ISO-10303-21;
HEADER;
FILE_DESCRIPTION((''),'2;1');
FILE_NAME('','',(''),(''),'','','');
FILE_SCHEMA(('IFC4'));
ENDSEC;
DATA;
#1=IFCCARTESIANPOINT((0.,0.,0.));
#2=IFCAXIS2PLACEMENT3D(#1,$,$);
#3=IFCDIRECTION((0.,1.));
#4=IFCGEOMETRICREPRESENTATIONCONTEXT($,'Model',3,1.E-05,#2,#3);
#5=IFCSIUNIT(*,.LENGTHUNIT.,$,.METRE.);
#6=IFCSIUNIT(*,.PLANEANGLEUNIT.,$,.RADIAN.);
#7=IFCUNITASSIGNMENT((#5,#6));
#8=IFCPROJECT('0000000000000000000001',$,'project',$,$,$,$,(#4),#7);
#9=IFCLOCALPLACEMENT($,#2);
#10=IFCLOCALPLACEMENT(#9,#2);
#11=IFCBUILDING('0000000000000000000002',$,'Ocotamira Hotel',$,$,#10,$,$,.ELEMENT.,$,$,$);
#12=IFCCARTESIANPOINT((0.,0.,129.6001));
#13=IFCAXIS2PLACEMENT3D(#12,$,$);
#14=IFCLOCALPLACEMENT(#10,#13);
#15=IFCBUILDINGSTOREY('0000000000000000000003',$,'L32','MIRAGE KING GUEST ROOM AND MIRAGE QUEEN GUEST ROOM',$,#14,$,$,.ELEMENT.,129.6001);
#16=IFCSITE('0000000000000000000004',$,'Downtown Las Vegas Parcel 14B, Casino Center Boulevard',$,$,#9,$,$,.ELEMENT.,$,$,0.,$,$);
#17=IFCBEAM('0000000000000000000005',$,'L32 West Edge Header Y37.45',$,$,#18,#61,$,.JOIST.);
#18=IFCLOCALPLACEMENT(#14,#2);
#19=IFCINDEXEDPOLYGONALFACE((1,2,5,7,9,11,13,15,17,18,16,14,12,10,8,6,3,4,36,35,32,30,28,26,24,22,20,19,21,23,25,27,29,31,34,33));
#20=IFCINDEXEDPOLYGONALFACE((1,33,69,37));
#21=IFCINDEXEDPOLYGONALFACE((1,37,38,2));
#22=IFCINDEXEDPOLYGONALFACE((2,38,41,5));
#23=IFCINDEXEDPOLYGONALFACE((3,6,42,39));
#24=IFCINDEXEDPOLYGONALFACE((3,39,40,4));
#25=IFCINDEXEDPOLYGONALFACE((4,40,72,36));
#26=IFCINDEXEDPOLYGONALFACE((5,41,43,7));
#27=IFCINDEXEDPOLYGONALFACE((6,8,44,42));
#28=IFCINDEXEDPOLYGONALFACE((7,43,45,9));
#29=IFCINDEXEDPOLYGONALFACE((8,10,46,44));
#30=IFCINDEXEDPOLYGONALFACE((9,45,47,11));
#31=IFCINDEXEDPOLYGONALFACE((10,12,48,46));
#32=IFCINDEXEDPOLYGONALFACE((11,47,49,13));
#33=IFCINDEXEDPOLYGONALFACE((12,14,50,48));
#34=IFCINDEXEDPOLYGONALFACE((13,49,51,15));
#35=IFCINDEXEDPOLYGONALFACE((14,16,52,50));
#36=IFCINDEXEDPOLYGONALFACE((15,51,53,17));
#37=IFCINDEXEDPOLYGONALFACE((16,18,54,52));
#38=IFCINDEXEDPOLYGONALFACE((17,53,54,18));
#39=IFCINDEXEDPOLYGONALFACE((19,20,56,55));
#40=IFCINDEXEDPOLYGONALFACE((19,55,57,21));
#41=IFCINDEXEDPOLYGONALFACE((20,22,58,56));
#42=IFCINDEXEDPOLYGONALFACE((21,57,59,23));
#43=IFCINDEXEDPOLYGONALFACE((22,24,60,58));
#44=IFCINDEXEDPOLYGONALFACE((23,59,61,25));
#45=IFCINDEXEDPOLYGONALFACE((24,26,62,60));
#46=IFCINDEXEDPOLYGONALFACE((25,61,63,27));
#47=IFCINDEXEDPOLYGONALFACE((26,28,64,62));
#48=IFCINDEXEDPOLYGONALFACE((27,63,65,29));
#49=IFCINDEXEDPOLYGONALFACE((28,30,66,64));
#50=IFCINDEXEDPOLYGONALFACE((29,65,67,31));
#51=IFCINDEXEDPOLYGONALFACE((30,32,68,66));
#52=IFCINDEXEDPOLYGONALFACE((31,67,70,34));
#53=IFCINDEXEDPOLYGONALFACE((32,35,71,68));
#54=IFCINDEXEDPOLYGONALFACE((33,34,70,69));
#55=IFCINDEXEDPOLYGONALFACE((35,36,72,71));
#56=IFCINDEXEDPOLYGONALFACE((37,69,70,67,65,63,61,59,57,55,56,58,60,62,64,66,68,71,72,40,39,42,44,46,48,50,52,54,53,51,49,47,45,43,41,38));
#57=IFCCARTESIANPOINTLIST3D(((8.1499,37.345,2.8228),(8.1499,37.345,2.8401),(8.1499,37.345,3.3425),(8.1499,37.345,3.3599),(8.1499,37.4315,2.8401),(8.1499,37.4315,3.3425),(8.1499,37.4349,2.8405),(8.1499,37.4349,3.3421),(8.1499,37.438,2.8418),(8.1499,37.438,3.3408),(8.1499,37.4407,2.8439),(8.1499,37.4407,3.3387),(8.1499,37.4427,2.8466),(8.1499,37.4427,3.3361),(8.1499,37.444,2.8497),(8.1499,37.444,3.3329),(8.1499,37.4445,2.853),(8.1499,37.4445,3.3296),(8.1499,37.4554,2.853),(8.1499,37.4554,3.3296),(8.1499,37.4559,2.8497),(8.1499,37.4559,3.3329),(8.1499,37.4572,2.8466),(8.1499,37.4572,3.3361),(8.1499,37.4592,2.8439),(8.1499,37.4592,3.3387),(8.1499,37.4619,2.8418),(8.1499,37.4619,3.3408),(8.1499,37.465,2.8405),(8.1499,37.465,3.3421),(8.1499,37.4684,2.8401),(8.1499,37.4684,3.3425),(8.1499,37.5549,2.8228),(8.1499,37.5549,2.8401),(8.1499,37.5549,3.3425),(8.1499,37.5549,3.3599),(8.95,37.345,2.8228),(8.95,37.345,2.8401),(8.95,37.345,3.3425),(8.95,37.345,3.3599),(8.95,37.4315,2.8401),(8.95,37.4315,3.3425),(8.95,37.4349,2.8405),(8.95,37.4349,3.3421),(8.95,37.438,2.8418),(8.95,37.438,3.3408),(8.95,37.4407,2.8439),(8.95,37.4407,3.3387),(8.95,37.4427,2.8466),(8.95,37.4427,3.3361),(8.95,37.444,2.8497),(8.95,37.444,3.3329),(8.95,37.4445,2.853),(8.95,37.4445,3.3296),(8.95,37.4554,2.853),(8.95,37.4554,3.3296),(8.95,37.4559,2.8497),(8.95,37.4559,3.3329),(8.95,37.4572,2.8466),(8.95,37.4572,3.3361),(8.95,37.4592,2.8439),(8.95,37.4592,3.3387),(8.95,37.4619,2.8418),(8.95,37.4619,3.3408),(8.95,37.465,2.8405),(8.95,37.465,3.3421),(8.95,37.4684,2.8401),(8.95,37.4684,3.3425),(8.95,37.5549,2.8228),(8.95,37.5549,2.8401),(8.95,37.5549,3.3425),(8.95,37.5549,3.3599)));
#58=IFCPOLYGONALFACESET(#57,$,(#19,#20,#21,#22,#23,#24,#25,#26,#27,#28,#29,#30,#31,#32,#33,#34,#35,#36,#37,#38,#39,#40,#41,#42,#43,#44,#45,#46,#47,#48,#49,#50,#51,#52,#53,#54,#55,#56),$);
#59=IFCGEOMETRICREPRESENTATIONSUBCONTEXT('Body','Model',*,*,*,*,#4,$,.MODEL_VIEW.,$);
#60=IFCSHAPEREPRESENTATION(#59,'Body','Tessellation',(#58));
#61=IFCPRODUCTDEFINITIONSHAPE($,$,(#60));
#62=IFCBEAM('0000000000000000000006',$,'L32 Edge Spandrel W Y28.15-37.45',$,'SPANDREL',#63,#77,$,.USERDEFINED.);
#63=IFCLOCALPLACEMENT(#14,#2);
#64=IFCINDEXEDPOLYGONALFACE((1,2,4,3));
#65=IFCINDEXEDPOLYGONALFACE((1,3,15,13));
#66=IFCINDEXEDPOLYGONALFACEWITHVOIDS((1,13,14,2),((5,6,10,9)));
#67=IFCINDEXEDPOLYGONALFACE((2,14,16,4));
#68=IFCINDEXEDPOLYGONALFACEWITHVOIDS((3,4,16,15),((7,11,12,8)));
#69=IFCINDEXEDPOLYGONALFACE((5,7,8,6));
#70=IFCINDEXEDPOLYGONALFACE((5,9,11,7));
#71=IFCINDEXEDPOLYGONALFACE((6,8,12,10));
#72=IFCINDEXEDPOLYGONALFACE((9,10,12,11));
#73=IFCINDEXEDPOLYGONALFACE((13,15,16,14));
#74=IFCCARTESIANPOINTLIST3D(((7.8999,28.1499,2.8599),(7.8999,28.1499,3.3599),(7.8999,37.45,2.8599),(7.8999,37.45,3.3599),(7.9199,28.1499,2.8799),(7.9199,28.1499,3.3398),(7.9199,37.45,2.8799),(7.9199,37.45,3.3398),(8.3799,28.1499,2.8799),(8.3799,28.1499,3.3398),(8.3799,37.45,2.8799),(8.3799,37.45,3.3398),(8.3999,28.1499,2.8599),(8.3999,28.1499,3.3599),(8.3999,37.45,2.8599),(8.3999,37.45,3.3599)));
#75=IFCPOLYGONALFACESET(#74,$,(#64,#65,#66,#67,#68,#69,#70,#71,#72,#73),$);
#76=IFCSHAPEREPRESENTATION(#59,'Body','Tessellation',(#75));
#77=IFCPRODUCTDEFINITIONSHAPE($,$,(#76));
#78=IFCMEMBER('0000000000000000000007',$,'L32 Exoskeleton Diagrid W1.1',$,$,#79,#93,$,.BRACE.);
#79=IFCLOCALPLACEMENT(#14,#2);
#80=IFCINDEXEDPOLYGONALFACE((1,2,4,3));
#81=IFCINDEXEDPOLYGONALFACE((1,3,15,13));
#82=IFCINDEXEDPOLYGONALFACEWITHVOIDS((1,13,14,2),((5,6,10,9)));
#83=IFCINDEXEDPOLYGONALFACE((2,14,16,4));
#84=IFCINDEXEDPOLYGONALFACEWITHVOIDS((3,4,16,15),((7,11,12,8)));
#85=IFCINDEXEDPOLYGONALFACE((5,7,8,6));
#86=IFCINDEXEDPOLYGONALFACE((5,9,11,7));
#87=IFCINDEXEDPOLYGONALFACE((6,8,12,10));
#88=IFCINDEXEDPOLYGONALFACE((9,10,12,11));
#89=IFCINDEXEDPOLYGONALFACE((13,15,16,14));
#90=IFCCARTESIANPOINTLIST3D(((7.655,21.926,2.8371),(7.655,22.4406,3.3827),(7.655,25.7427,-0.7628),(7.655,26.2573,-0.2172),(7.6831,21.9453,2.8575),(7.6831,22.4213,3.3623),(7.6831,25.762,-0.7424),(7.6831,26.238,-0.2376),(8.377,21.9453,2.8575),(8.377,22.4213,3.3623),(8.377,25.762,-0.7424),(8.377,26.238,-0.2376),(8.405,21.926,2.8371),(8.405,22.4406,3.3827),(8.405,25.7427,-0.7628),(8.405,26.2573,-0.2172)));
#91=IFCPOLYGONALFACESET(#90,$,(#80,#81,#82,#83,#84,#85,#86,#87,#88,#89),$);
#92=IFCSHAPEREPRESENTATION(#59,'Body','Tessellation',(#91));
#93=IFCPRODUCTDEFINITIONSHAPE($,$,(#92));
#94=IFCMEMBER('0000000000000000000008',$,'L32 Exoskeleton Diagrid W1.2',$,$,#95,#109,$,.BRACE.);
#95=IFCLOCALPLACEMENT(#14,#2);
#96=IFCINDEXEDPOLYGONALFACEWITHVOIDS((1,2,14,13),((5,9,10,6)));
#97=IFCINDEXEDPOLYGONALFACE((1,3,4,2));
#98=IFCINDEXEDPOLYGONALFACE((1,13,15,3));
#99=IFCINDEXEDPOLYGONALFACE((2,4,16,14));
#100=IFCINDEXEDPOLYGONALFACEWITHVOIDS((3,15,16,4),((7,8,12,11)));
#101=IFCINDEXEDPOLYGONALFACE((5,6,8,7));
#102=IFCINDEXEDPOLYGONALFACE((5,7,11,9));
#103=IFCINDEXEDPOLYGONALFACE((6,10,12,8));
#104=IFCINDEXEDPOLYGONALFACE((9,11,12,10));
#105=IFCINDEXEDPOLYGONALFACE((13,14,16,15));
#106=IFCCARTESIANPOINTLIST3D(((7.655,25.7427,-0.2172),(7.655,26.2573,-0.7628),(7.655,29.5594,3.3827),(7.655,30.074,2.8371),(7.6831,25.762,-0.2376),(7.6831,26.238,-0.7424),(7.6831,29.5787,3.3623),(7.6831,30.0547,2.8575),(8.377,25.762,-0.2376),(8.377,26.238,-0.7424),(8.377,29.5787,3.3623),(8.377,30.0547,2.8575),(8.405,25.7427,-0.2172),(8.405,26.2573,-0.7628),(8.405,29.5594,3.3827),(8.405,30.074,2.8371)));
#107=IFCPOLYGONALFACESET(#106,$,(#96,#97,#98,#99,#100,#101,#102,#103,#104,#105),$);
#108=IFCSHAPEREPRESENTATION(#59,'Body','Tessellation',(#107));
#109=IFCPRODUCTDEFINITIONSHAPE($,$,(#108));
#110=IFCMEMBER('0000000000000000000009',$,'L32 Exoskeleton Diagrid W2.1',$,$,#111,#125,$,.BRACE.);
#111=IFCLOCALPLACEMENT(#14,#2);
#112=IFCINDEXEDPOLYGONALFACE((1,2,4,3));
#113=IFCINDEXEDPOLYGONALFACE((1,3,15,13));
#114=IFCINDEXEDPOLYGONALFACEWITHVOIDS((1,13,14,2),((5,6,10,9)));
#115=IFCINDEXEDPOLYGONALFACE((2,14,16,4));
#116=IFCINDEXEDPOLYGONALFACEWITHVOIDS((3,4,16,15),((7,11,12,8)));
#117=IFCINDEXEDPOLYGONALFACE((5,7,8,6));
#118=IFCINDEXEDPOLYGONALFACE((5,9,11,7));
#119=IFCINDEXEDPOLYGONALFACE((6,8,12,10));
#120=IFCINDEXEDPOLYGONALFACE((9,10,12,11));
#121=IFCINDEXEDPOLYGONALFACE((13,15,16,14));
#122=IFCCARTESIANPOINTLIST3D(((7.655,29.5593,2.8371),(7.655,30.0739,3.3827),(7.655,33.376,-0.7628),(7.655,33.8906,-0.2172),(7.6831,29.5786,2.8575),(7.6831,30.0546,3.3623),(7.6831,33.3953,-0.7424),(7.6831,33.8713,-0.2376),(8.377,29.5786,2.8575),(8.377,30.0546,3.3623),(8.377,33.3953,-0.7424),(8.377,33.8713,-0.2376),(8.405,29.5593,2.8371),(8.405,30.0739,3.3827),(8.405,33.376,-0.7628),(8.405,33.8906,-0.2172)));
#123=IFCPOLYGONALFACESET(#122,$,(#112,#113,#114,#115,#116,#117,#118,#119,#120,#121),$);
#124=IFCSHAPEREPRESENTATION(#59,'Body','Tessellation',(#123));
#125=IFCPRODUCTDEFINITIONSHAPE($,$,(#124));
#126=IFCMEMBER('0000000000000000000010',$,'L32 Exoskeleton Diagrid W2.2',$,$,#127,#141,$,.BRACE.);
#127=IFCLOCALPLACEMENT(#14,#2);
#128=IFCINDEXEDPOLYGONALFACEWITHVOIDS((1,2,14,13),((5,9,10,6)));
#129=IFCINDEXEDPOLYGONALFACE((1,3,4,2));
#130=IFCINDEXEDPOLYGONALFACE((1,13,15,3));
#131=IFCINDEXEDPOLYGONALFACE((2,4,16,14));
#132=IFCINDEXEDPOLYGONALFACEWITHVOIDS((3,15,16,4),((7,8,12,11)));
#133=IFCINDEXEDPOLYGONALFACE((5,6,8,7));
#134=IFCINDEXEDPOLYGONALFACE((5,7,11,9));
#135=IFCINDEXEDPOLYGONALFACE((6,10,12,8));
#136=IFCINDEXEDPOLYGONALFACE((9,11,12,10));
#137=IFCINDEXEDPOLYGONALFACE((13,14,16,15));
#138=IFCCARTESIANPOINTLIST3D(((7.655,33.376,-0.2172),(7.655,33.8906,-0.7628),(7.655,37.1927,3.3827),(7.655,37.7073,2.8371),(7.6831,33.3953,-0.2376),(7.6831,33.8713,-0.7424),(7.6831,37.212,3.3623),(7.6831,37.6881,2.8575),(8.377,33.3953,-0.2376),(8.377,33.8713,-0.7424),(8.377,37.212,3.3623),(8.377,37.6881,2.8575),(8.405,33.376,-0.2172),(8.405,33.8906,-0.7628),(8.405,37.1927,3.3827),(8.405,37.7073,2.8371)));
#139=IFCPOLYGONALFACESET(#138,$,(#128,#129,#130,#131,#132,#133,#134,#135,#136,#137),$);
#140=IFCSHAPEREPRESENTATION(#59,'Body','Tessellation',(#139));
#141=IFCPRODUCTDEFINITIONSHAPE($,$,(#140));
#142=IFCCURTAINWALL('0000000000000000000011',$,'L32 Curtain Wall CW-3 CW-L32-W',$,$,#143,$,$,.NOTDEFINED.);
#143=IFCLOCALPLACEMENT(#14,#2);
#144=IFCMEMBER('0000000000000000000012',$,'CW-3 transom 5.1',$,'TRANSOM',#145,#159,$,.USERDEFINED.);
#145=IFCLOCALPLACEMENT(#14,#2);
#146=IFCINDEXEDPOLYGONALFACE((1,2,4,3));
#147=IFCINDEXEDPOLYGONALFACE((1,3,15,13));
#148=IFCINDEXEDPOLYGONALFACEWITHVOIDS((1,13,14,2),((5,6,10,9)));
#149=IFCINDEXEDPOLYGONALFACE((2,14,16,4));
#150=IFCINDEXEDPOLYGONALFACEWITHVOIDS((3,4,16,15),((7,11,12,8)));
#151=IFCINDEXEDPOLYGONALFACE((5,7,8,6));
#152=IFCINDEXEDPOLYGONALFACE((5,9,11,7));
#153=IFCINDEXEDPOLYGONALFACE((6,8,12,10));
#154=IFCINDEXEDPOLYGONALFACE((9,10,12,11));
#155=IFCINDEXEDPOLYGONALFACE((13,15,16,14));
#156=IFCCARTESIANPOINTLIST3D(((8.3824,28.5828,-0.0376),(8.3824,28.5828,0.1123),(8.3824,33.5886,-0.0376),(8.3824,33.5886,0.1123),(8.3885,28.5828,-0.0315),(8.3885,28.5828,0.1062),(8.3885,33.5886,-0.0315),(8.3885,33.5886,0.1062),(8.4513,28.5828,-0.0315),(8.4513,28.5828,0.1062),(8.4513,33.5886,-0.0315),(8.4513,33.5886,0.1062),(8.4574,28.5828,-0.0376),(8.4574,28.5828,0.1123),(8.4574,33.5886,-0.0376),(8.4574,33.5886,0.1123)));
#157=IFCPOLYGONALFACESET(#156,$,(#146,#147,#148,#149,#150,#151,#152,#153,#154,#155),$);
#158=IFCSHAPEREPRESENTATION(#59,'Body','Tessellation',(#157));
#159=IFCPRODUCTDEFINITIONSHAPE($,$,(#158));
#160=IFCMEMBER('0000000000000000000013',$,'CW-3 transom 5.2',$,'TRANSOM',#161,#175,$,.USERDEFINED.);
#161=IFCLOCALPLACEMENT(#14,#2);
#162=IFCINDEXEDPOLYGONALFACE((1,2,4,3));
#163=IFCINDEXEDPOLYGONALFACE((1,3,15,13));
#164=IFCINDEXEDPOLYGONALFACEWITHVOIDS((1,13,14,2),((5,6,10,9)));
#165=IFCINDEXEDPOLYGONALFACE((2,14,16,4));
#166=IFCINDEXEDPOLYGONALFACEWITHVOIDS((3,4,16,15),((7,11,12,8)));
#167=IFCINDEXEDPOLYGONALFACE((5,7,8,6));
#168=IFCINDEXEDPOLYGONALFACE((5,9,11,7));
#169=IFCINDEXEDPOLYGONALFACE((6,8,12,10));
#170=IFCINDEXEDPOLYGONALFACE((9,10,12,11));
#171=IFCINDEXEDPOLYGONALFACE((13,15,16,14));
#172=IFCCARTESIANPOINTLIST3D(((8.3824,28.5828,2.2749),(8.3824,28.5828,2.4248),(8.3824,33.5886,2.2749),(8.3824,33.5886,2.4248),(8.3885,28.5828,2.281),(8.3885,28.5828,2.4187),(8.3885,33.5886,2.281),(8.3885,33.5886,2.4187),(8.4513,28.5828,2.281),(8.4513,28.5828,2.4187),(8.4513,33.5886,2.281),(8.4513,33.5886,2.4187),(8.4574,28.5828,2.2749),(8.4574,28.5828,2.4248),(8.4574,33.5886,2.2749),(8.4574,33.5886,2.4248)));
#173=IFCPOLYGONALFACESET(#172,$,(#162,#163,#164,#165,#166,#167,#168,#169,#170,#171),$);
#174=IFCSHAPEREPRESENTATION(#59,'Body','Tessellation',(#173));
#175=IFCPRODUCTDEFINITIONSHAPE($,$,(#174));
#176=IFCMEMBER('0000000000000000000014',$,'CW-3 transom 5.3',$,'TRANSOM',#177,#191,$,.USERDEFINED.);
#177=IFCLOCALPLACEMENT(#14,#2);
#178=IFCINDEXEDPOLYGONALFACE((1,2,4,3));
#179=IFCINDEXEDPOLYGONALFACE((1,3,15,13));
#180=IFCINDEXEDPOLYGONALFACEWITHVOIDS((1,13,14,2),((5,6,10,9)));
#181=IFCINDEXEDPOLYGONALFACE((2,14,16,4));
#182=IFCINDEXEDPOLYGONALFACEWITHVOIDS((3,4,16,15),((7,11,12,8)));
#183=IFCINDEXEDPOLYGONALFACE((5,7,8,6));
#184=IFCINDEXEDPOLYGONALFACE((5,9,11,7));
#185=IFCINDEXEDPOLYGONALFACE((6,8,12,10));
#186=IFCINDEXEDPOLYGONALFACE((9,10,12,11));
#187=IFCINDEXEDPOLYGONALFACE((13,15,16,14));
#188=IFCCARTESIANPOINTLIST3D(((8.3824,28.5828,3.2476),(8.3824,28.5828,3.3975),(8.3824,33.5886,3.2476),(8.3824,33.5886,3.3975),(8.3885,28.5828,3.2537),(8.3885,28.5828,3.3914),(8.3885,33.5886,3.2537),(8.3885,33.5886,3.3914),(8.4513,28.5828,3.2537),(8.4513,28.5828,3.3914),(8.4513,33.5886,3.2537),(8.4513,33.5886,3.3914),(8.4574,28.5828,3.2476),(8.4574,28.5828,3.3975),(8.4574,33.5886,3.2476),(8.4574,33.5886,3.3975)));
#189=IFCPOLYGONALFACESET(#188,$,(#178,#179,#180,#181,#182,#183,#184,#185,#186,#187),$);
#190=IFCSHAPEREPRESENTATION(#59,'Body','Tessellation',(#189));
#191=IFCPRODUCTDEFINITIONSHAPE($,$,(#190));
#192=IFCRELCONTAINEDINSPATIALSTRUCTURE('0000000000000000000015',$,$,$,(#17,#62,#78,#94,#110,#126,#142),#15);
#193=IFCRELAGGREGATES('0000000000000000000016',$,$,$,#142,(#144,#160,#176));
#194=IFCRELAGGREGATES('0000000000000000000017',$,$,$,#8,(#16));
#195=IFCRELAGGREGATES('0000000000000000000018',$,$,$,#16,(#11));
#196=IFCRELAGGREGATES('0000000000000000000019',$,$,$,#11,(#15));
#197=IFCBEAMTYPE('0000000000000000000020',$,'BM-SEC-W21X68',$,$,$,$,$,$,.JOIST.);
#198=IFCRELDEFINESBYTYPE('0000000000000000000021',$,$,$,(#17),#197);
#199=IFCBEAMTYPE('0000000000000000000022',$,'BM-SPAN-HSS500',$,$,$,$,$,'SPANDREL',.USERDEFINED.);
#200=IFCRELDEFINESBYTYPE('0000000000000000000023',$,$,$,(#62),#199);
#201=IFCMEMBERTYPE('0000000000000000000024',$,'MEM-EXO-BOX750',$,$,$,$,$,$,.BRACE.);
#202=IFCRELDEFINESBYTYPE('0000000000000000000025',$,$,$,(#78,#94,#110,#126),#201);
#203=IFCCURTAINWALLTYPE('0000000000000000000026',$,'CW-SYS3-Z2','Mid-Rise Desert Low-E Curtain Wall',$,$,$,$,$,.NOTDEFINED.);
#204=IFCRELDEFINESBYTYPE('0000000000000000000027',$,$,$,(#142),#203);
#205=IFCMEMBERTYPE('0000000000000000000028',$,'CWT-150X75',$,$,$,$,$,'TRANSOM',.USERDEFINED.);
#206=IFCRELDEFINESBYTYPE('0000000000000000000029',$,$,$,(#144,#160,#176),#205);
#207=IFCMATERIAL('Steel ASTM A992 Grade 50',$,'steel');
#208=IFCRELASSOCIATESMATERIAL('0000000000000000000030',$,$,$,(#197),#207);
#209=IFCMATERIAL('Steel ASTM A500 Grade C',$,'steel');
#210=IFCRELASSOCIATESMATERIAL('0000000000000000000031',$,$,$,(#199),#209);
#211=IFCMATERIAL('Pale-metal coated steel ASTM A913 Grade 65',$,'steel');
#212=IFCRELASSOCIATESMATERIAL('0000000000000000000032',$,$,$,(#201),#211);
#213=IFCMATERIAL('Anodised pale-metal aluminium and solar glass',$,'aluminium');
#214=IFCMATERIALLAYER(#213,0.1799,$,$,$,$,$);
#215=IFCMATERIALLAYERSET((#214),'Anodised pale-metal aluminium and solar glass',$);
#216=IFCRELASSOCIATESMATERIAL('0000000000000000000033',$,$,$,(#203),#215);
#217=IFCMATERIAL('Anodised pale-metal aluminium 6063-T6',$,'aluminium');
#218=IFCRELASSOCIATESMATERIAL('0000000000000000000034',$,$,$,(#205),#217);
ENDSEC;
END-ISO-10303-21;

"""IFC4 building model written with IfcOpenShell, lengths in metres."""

from ifc_helpers import new_model, si_unit, direction, frame, origin, origin_2d, place, context, subcontext, project, spatial, hollow_rectangle, i_section, extrude, source, transform, mapped, material, layer, layer_set, material_profile, profile_set, type_object, element, aggregate, save


model = new_model("IFC4")

# Units and contexts
model_context = context("Model", 3, precision=1e-05, world=origin(), true_north=direction((0.0, 1.0)))
body_context = subcontext(model_context, "Body", "Model", "MODEL_VIEW")
ifc_project = project(units=[si_unit("LENGTHUNIT", "METRE"), si_unit("PLANEANGLEUNIT", "RADIAN")], contexts=[model_context])

# Site, building, storey
site_placement = place(None, origin())
site = spatial("IfcSite", under=ifc_project, at=site_placement, Name="Downtown Las Vegas Parcel 14B, Casino Center Boulevard", CompositionType="ELEMENT", RefElevation=0.0)
building_placement = place(site_placement, origin())
building = spatial("IfcBuilding", under=site, at=building_placement, Name="Ocotamira Hotel", CompositionType="ELEMENT")
storey_placement = place(building_placement, frame((0.0, 0.0, 129.6001)))
storey = spatial("IfcBuildingStorey", under=building, at=storey_placement, Name="L32", Description="MIRAGE KING GUEST ROOM AND MIRAGE QUEEN GUEST ROOM", CompositionType="ELEMENT", Elevation=129.6001)

# Beams
ifc_material_1 = material(Name="Steel ASTM A992 Grade 50", Category="steel")
ifc_material_profile_1 = material_profile(ifc_material_1, i_section(OverallWidth=0.21, OverallDepth=0.5371, WebThickness=0.011, FlangeThickness=0.0173, FilletRadius=0.0129, at=origin_2d()), Name="W21X68")
ifc_profile_set_1 = profile_set([ifc_material_profile_1], Name="Steel ASTM A992 Grade 50")
beam_type_1 = type_object("IfcBeamType", Name="BM-SEC-W21X68", PredefinedType="JOIST", material=ifc_profile_set_1)
shared_shape_1 = source(origin(), body_context, "Body", "SweptSolid", [
    extrude(i_section(OverallWidth=0.21, OverallDepth=0.5371, WebThickness=0.011, FlangeThickness=0.0173, FilletRadius=0.0129, at=origin_2d()), origin(), (0.0, 0.0, 1.0), 0.8),
])
for number, where, z_axis, x_axis, name in (
    (1, (8.95, 37.45, 3.0913), (-1.0, 0.0, 0.0), (0.0, -1.0, 0.0), "L32 West Edge Header Y37.45"),
):
    element("IfcBeam", number, at=place(storey_placement, frame(where, z_axis=z_axis, x_axis=x_axis)), inside=storey, type_object=beam_type_1, Name=name, PredefinedType="JOIST", context=body_context, shape_type="MappedRepresentation", body=[
        mapped(shared_shape_1, transform((0.0, 0.0, 0.0), scale=1.0)),
    ])
ifc_material_2 = material(Name="Steel ASTM A500 Grade C", Category="steel")
ifc_material_profile_2 = material_profile(ifc_material_2, hollow_rectangle(XDim=0.5, YDim=0.5, WallThickness=0.02, at=origin_2d()), Name="HSS500X500X20")
ifc_profile_set_2 = profile_set([ifc_material_profile_2], Name="Steel ASTM A500 Grade C")
beam_type_2 = type_object("IfcBeamType", Name="BM-SPAN-HSS500", ElementType="SPANDREL", PredefinedType="USERDEFINED", material=ifc_profile_set_2)
shared_shape_2 = source(origin(), body_context, "Body", "SweptSolid", [
    extrude(hollow_rectangle(XDim=0.5, YDim=0.5, WallThickness=0.02, at=origin_2d()), origin(), (0.0, 0.0, 1.0), 9.3),
])
beam_1_placement = place(storey_placement, frame((8.1499, 28.1499, 3.1099), z_axis=(0.0, 1.0, 0.0), x_axis=(-1.0, 0.0, 0.0)))
element("IfcBeam", 2, at=beam_1_placement, inside=storey, type_object=beam_type_2, Name="L32 Edge Spandrel W Y28.15-37.45", ObjectType="SPANDREL", PredefinedType="USERDEFINED", context=body_context, shape_type="MappedRepresentation", body=[
    mapped(shared_shape_2, transform((0.0, 0.0, 0.0), scale=1.0)),
])

# Members
ifc_material_3 = material(Name="Pale-metal coated steel ASTM A913 Grade 65", Category="steel")
ifc_material_profile_3 = material_profile(ifc_material_3, hollow_rectangle(XDim=0.75, YDim=0.75, WallThickness=0.0281, at=origin_2d()), Name="BOX750X750X28")
ifc_profile_set_3 = profile_set([ifc_material_profile_3], Name="Pale-metal coated steel ASTM A913 Grade 65")
member_type_1 = type_object("IfcMemberType", Name="MEM-EXO-BOX750", PredefinedType="BRACE", material=ifc_profile_set_3)
shared_shape_3 = source(origin(), body_context, "Body", "SweptSolid", [
    extrude(hollow_rectangle(XDim=0.75, YDim=0.75, WallThickness=0.0281, at=origin_2d()), origin(), (0.0, 0.0, 1.0), 5.2466),
])
for number, where, z_axis, x_axis, name in (
    (3, (8.03, 26.0, -0.49), (0.0, -0.727466, 0.686144), (1.0, 0.0, 0.0), "L32 Exoskeleton Diagrid W1.1"),
    (4, (8.03, 26.0, -0.49), (0.0, 0.727466, 0.686144), (-1.0, 0.0, 0.0), "L32 Exoskeleton Diagrid W1.2"),
    (5, (8.03, 33.6333, -0.49), (0.0, -0.727466, 0.686144), (1.0, 0.0, 0.0), "L32 Exoskeleton Diagrid W2.1"),
    (6, (8.03, 33.6333, -0.49), (0.0, 0.727466, 0.686144), (-1.0, 0.0, 0.0), "L32 Exoskeleton Diagrid W2.2"),
):
    element("IfcMember", number, at=place(storey_placement, frame(where, z_axis=z_axis, x_axis=x_axis)), inside=storey, type_object=member_type_1, Name=name, PredefinedType="BRACE", context=body_context, shape_type="MappedRepresentation", body=[
        mapped(shared_shape_3, transform((0.0, 0.0, 0.0), scale=1.0)),
    ])

# Curtain wall, members
ifc_material_4 = material(Name="Anodised pale-metal aluminium and solar glass", Category="aluminium")
ifc_layer_1 = layer(ifc_material_4, 0.1799)
ifc_layer_set_1 = layer_set([ifc_layer_1], Name="Anodised pale-metal aluminium and solar glass")
curtain_wall_type = type_object("IfcCurtainWallType", Name="CW-SYS3-Z2", Description="Mid-Rise Desert Low-E Curtain Wall", PredefinedType="NOTDEFINED", material=ifc_layer_set_1)
curtain_wall_placement = place(storey_placement, origin())
curtain_wall = element("IfcCurtainWall", 7, at=curtain_wall_placement, inside=storey, type_object=curtain_wall_type, Name="L32 Curtain Wall CW-3 CW-L32-W", PredefinedType="NOTDEFINED")
ifc_material_5 = material(Name="Anodised pale-metal aluminium 6063-T6", Category="aluminium")
ifc_material_profile_4 = material_profile(ifc_material_5, hollow_rectangle(XDim=0.075, YDim=0.1499, WallThickness=0.0061, at=origin_2d()), Name="HSS150X75X6")
ifc_profile_set_4 = profile_set([ifc_material_profile_4], Name="Anodised pale-metal aluminium 6063-T6")
member_type_2 = type_object("IfcMemberType", Name="CWT-150X75", ElementType="TRANSOM", PredefinedType="USERDEFINED", material=ifc_profile_set_4)
shared_shape_4 = source(origin(), body_context, "Body", "SweptSolid", [
    extrude(hollow_rectangle(XDim=0.075, YDim=0.1499, WallThickness=0.0061, at=origin_2d()), origin(), (0.0, 0.0, 1.0), 5.0059),
])
member_1_placement = place(storey_placement, frame((8.4199, 28.5828, 0.0374), z_axis=(0.0, 1.0, 0.0), x_axis=(-1.0, 0.0, 0.0)))
member_1 = element("IfcMember", 8, at=member_1_placement, type_object=member_type_2, Name="CW-3 transom 5.1", ObjectType="TRANSOM", PredefinedType="USERDEFINED", context=body_context, shape_type="MappedRepresentation", body=[
    mapped(shared_shape_4, transform((0.0, 0.0, 0.0), scale=1.0)),
])
member_2_placement = place(storey_placement, frame((8.4199, 28.5828, 2.3499), z_axis=(0.0, 1.0, 0.0), x_axis=(-1.0, 0.0, 0.0)))
member_2 = element("IfcMember", 9, at=member_2_placement, type_object=member_type_2, Name="CW-3 transom 5.2", ObjectType="TRANSOM", PredefinedType="USERDEFINED", context=body_context, shape_type="MappedRepresentation", body=[
    mapped(shared_shape_4, transform((0.0, 0.0, 0.0), scale=1.0)),
])
member_3_placement = place(storey_placement, frame((8.4199, 28.5828, 3.3225), z_axis=(0.0, 1.0, 0.0), x_axis=(-1.0, 0.0, 0.0)))
member_3 = element("IfcMember", 10, at=member_3_placement, type_object=member_type_2, Name="CW-3 transom 5.3", ObjectType="TRANSOM", PredefinedType="USERDEFINED", context=body_context, shape_type="MappedRepresentation", body=[
    mapped(shared_shape_4, transform((0.0, 0.0, 0.0), scale=1.0)),
])

aggregate(curtain_wall, [member_1, member_2, member_3])

save(model, "model.ifc")
